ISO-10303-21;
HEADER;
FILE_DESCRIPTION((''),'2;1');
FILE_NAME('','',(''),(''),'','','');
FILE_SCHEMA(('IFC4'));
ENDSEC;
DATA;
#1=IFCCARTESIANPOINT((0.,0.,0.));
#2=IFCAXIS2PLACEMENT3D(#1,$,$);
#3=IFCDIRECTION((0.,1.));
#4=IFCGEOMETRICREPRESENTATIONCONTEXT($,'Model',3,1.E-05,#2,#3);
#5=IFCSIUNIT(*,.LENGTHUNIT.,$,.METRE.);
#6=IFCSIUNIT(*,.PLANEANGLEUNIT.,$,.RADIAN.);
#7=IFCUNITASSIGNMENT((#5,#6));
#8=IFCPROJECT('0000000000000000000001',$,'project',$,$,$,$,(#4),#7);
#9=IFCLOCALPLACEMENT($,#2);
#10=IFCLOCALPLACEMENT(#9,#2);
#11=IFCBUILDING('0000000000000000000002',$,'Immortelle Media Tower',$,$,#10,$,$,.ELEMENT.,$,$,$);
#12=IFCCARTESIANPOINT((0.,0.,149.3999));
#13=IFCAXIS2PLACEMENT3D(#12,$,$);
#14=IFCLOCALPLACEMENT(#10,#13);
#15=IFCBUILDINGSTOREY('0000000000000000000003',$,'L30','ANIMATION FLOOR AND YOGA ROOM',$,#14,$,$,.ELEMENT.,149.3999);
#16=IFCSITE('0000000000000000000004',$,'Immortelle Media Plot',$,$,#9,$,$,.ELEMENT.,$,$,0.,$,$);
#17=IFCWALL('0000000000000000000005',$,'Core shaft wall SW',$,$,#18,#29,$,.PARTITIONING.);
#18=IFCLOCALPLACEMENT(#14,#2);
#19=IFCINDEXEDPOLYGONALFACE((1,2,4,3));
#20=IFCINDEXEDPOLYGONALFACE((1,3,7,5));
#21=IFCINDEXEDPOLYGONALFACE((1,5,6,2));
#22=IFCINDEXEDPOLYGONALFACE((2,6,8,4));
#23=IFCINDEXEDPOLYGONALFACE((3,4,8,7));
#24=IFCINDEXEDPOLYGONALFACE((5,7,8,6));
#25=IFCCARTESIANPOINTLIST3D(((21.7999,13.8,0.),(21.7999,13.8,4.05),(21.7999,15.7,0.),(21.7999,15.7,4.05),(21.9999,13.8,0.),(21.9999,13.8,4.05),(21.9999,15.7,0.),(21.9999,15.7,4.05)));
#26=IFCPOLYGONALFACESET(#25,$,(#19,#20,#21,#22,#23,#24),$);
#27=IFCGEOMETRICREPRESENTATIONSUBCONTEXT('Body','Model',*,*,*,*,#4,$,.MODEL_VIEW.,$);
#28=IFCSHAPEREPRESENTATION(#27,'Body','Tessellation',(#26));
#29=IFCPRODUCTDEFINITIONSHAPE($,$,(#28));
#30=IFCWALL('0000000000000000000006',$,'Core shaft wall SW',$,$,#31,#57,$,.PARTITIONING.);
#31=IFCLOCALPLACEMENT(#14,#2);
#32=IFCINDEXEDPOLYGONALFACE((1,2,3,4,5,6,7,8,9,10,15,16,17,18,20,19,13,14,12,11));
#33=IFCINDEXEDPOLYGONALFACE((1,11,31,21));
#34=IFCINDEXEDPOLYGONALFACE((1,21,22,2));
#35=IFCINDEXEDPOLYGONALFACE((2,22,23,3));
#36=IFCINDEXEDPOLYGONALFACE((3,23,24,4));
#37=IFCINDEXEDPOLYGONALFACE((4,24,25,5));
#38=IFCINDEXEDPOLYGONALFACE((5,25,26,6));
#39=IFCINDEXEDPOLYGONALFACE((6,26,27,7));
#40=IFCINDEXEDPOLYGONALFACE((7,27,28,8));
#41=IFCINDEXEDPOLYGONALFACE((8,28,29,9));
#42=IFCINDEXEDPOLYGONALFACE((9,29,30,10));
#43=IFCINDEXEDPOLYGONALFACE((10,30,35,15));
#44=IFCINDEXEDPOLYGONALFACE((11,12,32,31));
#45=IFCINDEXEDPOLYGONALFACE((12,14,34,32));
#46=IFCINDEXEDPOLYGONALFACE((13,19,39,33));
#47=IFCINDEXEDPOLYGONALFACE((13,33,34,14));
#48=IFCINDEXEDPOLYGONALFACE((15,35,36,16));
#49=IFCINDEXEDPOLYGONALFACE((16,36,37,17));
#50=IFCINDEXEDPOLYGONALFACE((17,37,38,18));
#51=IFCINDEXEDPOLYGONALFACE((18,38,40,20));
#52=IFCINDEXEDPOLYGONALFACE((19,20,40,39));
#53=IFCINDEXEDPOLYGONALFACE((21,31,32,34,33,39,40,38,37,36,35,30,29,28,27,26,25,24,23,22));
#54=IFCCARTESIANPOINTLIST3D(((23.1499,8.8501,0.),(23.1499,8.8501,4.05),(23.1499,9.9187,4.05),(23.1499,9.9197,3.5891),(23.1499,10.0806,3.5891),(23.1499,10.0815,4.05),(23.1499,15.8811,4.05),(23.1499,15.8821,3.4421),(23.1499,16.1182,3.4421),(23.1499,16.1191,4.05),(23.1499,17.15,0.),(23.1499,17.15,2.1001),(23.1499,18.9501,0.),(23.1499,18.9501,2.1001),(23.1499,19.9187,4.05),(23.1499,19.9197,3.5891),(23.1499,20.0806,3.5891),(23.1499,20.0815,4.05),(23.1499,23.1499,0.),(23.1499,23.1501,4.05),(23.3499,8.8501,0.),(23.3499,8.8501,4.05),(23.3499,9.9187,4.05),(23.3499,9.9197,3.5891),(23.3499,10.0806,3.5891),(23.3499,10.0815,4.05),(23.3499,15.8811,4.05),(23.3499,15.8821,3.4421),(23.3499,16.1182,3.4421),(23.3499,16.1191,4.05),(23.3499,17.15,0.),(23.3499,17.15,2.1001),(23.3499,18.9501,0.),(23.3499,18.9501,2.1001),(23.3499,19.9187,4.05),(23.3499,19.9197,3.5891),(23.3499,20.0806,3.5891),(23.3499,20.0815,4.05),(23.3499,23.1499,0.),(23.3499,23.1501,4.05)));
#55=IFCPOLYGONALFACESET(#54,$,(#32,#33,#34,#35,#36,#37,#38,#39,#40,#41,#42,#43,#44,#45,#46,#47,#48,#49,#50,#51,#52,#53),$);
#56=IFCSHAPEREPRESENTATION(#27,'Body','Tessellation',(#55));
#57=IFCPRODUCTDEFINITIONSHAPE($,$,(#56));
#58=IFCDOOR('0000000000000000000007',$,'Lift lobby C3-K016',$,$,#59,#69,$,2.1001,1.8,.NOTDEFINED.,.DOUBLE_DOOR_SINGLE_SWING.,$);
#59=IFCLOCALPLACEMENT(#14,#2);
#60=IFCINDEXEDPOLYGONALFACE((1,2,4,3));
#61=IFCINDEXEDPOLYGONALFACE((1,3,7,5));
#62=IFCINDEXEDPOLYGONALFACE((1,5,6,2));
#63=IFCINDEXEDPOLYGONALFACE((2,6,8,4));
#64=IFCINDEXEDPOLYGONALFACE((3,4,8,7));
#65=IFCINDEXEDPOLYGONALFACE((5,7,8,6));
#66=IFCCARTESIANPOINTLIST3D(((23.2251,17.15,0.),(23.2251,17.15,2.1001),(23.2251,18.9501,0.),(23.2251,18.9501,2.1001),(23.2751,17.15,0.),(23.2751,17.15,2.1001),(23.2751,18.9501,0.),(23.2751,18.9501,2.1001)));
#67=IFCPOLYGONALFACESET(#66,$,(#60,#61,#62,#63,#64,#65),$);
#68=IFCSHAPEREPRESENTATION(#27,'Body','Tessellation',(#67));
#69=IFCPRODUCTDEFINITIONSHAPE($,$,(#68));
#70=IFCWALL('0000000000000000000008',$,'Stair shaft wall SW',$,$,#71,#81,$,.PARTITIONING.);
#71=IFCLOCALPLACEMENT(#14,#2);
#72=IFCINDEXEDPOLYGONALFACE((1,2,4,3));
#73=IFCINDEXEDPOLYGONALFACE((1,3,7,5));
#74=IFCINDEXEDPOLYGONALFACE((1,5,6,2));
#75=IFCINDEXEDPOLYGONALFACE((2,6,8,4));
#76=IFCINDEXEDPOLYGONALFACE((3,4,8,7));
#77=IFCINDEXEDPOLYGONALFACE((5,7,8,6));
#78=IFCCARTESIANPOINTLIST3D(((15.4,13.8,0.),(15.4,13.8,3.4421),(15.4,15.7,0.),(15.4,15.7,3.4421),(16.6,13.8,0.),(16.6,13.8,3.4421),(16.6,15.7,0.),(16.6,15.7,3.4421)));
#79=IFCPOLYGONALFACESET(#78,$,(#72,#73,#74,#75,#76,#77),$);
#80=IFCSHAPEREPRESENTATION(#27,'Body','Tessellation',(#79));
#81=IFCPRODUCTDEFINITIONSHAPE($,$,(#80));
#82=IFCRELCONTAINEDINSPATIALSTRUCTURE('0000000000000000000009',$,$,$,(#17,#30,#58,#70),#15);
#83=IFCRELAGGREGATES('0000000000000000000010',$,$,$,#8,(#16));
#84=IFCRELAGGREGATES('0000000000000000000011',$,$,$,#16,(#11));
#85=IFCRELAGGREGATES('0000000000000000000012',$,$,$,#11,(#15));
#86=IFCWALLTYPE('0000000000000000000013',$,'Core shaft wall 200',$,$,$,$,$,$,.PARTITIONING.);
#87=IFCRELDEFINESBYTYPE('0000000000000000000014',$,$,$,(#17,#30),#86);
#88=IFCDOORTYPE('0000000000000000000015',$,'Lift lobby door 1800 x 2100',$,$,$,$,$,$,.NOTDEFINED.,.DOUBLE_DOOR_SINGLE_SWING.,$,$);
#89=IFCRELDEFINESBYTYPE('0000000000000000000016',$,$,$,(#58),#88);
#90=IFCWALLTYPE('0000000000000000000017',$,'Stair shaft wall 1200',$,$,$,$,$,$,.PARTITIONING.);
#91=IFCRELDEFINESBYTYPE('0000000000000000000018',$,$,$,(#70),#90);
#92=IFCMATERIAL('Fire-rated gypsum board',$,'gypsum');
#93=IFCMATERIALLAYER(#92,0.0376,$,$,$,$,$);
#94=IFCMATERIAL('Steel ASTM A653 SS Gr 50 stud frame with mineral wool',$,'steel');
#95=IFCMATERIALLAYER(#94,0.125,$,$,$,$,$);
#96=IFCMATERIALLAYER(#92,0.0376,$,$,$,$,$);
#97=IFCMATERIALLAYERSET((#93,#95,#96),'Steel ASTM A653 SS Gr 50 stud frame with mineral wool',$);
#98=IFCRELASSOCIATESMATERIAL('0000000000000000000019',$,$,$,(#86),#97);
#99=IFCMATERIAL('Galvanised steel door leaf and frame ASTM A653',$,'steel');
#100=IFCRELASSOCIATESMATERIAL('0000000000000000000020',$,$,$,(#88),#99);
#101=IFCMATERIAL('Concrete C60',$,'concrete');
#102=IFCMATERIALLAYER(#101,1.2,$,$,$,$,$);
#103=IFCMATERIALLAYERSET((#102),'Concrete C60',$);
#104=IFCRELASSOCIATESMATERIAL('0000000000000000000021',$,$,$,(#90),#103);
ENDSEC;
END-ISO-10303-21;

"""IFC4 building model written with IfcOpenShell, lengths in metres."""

from ifc_helpers import new_model, si_unit, direction, frame, frame_2d, origin, place, context, subcontext, project, spatial, polyline, rectangle, outline, extrude, material, layer, layer_set, type_object, element, fill, save


model = new_model("IFC4")

# Units and contexts
model_context = context("Model", 3, precision=1e-05, world=origin(), true_north=direction((0.0, 1.0)))
body_context = subcontext(model_context, "Body", "Model", "MODEL_VIEW")
ifc_project = project(units=[si_unit("LENGTHUNIT", "METRE"), si_unit("PLANEANGLEUNIT", "RADIAN")], contexts=[model_context])

# Site, building, storey
site_placement = place(None, origin())
site = spatial("IfcSite", under=ifc_project, at=site_placement, Name="Immortelle Media Plot", CompositionType="ELEMENT", RefElevation=0.0)
building_placement = place(site_placement, origin())
building = spatial("IfcBuilding", under=site, at=building_placement, Name="Immortelle Media Tower", CompositionType="ELEMENT")
storey_placement = place(building_placement, frame((0.0, 0.0, 149.3999)))
storey = spatial("IfcBuildingStorey", under=building, at=storey_placement, Name="L30", Description="ANIMATION FLOOR AND YOGA ROOM", CompositionType="ELEMENT", Elevation=149.3999)

# Shared definitions
ifc_material_1 = material(Name="Galvanised steel door leaf and frame ASTM A653", Category="steel")

# Wall
ifc_material_2 = material(Name="Fire-rated gypsum board", Category="gypsum")
ifc_layer_1 = layer(ifc_material_2, 0.0376)
ifc_material_3 = material(Name="Steel ASTM A653 SS Gr 50 stud frame with mineral wool", Category="steel")
ifc_layer_2 = layer(ifc_material_3, 0.125)
ifc_layer_3 = layer(ifc_material_2, 0.0376)
ifc_layer_set_1 = layer_set([ifc_layer_1, ifc_layer_2, ifc_layer_3], Name="Steel ASTM A653 SS Gr 50 stud frame with mineral wool")
wall_type_1 = type_object("IfcWallType", Name="Core shaft wall 200", PredefinedType="PARTITIONING", material=ifc_layer_set_1)
wall_1_placement = place(storey_placement, frame((21.8999, 13.8, 0.0), z_axis=(0.0, 0.0, 1.0), x_axis=(0.0, 1.0, 0.0)))
element("IfcWall", 1, at=wall_1_placement, inside=storey, type_object=wall_type_1, Name="Core shaft wall SW", PredefinedType="PARTITIONING", context=body_context, shape_type="SweptSolid", body=[
    extrude(rectangle(XDim=1.8999, YDim=0.2, at=frame_2d((0.95, 0.0))), origin(), (0.0, 0.0, 1.0), 4.05),
])

# Wall, opening, door
wall_2_placement = place(storey_placement, frame((23.25, 8.8501, 0.0), z_axis=(0.0, 0.0, 1.0), x_axis=(0.0, 1.0, 0.0)))
wall_2 = element("IfcWall", 2, at=wall_2_placement, inside=storey, type_object=wall_type_1, Name="Core shaft wall SW", PredefinedType="PARTITIONING", context=body_context, shape_type="SweptSolid", body=[
    extrude(outline(polyline([(0.0, 0.0), (14.2998, 0.0), (14.3, 4.05), (11.2314, 4.05), (11.2305, 3.5891), (11.0696, 3.5891), (11.0686, 4.05), (7.269, 4.05), (7.2681, 3.4421), (7.032, 3.4421), (7.031, 4.05), (1.2314, 4.05), (1.2305, 3.5891), (1.0696, 3.5891), (1.0686, 4.05), (0.0, 4.05), (0.0, 0.0)])), frame((0.0, 0.1001, 0.0), z_axis=(0.0, -1.0, 0.0), x_axis=(1.0, 0.0, 0.0)), (0.0, 0.0, 1.0), 0.2),
])
opening_1_placement = place(wall_2_placement, frame((8.3, 0.0, 0.0)))
opening_1 = element("IfcOpeningElement", 3, at=opening_1_placement, cuts=wall_2, PredefinedType="OPENING", context=body_context, shape_type="SweptSolid", body=[
    extrude(rectangle(XDim=1.8, YDim=2.1001, at=frame_2d((0.8999, 1.05))), frame((0.0, 0.1099, 0.0), z_axis=(0.0, -1.0, 0.0), x_axis=(1.0, 0.0, 0.0)), (0.0, 0.0, 1.0), 0.22),
])
door_type_1 = type_object("IfcDoorType", Name="Lift lobby door 1800 x 2100", OperationType="DOUBLE_DOOR_SINGLE_SWING", PredefinedType="NOTDEFINED", material=ifc_material_1)
door_1_placement = place(opening_1_placement, origin())
door_1 = element("IfcDoor", 4, at=door_1_placement, inside=storey, type_object=door_type_1, Name="Lift lobby C3-K016", OperationType="DOUBLE_DOOR_SINGLE_SWING", OverallHeight=2.1001, OverallWidth=1.8, PredefinedType="NOTDEFINED", context=body_context, shape_type="SweptSolid", body=[
    extrude(rectangle(XDim=1.8, YDim=2.1001, at=frame_2d((0.8999, 1.05))), frame((0.0, 0.0249, 0.0), z_axis=(0.0, -1.0, 0.0), x_axis=(1.0, 0.0, 0.0)), (0.0, 0.0, 1.0), 0.05),
])
fill(opening_1, door_1)

# Wall
ifc_material_4 = material(Name="Concrete C60", Category="concrete")
ifc_layer_4 = layer(ifc_material_4, 1.2)
ifc_layer_set_2 = layer_set([ifc_layer_4], Name="Concrete C60")
wall_type_2 = type_object("IfcWallType", Name="Stair shaft wall 1200", PredefinedType="PARTITIONING", material=ifc_layer_set_2)
wall_3_placement = place(storey_placement, frame((16.0, 13.8, 0.0), z_axis=(0.0, 0.0, 1.0), x_axis=(0.0, 1.0, 0.0)))
element("IfcWall", 5, at=wall_3_placement, inside=storey, type_object=wall_type_2, Name="Stair shaft wall SW", PredefinedType="PARTITIONING", context=body_context, shape_type="SweptSolid", body=[
    extrude(rectangle(XDim=1.8999, YDim=1.2, at=frame_2d((0.95, 0.0))), origin(), (0.0, 0.0, 1.0), 3.4421),
])

save(model, "model.ifc")
